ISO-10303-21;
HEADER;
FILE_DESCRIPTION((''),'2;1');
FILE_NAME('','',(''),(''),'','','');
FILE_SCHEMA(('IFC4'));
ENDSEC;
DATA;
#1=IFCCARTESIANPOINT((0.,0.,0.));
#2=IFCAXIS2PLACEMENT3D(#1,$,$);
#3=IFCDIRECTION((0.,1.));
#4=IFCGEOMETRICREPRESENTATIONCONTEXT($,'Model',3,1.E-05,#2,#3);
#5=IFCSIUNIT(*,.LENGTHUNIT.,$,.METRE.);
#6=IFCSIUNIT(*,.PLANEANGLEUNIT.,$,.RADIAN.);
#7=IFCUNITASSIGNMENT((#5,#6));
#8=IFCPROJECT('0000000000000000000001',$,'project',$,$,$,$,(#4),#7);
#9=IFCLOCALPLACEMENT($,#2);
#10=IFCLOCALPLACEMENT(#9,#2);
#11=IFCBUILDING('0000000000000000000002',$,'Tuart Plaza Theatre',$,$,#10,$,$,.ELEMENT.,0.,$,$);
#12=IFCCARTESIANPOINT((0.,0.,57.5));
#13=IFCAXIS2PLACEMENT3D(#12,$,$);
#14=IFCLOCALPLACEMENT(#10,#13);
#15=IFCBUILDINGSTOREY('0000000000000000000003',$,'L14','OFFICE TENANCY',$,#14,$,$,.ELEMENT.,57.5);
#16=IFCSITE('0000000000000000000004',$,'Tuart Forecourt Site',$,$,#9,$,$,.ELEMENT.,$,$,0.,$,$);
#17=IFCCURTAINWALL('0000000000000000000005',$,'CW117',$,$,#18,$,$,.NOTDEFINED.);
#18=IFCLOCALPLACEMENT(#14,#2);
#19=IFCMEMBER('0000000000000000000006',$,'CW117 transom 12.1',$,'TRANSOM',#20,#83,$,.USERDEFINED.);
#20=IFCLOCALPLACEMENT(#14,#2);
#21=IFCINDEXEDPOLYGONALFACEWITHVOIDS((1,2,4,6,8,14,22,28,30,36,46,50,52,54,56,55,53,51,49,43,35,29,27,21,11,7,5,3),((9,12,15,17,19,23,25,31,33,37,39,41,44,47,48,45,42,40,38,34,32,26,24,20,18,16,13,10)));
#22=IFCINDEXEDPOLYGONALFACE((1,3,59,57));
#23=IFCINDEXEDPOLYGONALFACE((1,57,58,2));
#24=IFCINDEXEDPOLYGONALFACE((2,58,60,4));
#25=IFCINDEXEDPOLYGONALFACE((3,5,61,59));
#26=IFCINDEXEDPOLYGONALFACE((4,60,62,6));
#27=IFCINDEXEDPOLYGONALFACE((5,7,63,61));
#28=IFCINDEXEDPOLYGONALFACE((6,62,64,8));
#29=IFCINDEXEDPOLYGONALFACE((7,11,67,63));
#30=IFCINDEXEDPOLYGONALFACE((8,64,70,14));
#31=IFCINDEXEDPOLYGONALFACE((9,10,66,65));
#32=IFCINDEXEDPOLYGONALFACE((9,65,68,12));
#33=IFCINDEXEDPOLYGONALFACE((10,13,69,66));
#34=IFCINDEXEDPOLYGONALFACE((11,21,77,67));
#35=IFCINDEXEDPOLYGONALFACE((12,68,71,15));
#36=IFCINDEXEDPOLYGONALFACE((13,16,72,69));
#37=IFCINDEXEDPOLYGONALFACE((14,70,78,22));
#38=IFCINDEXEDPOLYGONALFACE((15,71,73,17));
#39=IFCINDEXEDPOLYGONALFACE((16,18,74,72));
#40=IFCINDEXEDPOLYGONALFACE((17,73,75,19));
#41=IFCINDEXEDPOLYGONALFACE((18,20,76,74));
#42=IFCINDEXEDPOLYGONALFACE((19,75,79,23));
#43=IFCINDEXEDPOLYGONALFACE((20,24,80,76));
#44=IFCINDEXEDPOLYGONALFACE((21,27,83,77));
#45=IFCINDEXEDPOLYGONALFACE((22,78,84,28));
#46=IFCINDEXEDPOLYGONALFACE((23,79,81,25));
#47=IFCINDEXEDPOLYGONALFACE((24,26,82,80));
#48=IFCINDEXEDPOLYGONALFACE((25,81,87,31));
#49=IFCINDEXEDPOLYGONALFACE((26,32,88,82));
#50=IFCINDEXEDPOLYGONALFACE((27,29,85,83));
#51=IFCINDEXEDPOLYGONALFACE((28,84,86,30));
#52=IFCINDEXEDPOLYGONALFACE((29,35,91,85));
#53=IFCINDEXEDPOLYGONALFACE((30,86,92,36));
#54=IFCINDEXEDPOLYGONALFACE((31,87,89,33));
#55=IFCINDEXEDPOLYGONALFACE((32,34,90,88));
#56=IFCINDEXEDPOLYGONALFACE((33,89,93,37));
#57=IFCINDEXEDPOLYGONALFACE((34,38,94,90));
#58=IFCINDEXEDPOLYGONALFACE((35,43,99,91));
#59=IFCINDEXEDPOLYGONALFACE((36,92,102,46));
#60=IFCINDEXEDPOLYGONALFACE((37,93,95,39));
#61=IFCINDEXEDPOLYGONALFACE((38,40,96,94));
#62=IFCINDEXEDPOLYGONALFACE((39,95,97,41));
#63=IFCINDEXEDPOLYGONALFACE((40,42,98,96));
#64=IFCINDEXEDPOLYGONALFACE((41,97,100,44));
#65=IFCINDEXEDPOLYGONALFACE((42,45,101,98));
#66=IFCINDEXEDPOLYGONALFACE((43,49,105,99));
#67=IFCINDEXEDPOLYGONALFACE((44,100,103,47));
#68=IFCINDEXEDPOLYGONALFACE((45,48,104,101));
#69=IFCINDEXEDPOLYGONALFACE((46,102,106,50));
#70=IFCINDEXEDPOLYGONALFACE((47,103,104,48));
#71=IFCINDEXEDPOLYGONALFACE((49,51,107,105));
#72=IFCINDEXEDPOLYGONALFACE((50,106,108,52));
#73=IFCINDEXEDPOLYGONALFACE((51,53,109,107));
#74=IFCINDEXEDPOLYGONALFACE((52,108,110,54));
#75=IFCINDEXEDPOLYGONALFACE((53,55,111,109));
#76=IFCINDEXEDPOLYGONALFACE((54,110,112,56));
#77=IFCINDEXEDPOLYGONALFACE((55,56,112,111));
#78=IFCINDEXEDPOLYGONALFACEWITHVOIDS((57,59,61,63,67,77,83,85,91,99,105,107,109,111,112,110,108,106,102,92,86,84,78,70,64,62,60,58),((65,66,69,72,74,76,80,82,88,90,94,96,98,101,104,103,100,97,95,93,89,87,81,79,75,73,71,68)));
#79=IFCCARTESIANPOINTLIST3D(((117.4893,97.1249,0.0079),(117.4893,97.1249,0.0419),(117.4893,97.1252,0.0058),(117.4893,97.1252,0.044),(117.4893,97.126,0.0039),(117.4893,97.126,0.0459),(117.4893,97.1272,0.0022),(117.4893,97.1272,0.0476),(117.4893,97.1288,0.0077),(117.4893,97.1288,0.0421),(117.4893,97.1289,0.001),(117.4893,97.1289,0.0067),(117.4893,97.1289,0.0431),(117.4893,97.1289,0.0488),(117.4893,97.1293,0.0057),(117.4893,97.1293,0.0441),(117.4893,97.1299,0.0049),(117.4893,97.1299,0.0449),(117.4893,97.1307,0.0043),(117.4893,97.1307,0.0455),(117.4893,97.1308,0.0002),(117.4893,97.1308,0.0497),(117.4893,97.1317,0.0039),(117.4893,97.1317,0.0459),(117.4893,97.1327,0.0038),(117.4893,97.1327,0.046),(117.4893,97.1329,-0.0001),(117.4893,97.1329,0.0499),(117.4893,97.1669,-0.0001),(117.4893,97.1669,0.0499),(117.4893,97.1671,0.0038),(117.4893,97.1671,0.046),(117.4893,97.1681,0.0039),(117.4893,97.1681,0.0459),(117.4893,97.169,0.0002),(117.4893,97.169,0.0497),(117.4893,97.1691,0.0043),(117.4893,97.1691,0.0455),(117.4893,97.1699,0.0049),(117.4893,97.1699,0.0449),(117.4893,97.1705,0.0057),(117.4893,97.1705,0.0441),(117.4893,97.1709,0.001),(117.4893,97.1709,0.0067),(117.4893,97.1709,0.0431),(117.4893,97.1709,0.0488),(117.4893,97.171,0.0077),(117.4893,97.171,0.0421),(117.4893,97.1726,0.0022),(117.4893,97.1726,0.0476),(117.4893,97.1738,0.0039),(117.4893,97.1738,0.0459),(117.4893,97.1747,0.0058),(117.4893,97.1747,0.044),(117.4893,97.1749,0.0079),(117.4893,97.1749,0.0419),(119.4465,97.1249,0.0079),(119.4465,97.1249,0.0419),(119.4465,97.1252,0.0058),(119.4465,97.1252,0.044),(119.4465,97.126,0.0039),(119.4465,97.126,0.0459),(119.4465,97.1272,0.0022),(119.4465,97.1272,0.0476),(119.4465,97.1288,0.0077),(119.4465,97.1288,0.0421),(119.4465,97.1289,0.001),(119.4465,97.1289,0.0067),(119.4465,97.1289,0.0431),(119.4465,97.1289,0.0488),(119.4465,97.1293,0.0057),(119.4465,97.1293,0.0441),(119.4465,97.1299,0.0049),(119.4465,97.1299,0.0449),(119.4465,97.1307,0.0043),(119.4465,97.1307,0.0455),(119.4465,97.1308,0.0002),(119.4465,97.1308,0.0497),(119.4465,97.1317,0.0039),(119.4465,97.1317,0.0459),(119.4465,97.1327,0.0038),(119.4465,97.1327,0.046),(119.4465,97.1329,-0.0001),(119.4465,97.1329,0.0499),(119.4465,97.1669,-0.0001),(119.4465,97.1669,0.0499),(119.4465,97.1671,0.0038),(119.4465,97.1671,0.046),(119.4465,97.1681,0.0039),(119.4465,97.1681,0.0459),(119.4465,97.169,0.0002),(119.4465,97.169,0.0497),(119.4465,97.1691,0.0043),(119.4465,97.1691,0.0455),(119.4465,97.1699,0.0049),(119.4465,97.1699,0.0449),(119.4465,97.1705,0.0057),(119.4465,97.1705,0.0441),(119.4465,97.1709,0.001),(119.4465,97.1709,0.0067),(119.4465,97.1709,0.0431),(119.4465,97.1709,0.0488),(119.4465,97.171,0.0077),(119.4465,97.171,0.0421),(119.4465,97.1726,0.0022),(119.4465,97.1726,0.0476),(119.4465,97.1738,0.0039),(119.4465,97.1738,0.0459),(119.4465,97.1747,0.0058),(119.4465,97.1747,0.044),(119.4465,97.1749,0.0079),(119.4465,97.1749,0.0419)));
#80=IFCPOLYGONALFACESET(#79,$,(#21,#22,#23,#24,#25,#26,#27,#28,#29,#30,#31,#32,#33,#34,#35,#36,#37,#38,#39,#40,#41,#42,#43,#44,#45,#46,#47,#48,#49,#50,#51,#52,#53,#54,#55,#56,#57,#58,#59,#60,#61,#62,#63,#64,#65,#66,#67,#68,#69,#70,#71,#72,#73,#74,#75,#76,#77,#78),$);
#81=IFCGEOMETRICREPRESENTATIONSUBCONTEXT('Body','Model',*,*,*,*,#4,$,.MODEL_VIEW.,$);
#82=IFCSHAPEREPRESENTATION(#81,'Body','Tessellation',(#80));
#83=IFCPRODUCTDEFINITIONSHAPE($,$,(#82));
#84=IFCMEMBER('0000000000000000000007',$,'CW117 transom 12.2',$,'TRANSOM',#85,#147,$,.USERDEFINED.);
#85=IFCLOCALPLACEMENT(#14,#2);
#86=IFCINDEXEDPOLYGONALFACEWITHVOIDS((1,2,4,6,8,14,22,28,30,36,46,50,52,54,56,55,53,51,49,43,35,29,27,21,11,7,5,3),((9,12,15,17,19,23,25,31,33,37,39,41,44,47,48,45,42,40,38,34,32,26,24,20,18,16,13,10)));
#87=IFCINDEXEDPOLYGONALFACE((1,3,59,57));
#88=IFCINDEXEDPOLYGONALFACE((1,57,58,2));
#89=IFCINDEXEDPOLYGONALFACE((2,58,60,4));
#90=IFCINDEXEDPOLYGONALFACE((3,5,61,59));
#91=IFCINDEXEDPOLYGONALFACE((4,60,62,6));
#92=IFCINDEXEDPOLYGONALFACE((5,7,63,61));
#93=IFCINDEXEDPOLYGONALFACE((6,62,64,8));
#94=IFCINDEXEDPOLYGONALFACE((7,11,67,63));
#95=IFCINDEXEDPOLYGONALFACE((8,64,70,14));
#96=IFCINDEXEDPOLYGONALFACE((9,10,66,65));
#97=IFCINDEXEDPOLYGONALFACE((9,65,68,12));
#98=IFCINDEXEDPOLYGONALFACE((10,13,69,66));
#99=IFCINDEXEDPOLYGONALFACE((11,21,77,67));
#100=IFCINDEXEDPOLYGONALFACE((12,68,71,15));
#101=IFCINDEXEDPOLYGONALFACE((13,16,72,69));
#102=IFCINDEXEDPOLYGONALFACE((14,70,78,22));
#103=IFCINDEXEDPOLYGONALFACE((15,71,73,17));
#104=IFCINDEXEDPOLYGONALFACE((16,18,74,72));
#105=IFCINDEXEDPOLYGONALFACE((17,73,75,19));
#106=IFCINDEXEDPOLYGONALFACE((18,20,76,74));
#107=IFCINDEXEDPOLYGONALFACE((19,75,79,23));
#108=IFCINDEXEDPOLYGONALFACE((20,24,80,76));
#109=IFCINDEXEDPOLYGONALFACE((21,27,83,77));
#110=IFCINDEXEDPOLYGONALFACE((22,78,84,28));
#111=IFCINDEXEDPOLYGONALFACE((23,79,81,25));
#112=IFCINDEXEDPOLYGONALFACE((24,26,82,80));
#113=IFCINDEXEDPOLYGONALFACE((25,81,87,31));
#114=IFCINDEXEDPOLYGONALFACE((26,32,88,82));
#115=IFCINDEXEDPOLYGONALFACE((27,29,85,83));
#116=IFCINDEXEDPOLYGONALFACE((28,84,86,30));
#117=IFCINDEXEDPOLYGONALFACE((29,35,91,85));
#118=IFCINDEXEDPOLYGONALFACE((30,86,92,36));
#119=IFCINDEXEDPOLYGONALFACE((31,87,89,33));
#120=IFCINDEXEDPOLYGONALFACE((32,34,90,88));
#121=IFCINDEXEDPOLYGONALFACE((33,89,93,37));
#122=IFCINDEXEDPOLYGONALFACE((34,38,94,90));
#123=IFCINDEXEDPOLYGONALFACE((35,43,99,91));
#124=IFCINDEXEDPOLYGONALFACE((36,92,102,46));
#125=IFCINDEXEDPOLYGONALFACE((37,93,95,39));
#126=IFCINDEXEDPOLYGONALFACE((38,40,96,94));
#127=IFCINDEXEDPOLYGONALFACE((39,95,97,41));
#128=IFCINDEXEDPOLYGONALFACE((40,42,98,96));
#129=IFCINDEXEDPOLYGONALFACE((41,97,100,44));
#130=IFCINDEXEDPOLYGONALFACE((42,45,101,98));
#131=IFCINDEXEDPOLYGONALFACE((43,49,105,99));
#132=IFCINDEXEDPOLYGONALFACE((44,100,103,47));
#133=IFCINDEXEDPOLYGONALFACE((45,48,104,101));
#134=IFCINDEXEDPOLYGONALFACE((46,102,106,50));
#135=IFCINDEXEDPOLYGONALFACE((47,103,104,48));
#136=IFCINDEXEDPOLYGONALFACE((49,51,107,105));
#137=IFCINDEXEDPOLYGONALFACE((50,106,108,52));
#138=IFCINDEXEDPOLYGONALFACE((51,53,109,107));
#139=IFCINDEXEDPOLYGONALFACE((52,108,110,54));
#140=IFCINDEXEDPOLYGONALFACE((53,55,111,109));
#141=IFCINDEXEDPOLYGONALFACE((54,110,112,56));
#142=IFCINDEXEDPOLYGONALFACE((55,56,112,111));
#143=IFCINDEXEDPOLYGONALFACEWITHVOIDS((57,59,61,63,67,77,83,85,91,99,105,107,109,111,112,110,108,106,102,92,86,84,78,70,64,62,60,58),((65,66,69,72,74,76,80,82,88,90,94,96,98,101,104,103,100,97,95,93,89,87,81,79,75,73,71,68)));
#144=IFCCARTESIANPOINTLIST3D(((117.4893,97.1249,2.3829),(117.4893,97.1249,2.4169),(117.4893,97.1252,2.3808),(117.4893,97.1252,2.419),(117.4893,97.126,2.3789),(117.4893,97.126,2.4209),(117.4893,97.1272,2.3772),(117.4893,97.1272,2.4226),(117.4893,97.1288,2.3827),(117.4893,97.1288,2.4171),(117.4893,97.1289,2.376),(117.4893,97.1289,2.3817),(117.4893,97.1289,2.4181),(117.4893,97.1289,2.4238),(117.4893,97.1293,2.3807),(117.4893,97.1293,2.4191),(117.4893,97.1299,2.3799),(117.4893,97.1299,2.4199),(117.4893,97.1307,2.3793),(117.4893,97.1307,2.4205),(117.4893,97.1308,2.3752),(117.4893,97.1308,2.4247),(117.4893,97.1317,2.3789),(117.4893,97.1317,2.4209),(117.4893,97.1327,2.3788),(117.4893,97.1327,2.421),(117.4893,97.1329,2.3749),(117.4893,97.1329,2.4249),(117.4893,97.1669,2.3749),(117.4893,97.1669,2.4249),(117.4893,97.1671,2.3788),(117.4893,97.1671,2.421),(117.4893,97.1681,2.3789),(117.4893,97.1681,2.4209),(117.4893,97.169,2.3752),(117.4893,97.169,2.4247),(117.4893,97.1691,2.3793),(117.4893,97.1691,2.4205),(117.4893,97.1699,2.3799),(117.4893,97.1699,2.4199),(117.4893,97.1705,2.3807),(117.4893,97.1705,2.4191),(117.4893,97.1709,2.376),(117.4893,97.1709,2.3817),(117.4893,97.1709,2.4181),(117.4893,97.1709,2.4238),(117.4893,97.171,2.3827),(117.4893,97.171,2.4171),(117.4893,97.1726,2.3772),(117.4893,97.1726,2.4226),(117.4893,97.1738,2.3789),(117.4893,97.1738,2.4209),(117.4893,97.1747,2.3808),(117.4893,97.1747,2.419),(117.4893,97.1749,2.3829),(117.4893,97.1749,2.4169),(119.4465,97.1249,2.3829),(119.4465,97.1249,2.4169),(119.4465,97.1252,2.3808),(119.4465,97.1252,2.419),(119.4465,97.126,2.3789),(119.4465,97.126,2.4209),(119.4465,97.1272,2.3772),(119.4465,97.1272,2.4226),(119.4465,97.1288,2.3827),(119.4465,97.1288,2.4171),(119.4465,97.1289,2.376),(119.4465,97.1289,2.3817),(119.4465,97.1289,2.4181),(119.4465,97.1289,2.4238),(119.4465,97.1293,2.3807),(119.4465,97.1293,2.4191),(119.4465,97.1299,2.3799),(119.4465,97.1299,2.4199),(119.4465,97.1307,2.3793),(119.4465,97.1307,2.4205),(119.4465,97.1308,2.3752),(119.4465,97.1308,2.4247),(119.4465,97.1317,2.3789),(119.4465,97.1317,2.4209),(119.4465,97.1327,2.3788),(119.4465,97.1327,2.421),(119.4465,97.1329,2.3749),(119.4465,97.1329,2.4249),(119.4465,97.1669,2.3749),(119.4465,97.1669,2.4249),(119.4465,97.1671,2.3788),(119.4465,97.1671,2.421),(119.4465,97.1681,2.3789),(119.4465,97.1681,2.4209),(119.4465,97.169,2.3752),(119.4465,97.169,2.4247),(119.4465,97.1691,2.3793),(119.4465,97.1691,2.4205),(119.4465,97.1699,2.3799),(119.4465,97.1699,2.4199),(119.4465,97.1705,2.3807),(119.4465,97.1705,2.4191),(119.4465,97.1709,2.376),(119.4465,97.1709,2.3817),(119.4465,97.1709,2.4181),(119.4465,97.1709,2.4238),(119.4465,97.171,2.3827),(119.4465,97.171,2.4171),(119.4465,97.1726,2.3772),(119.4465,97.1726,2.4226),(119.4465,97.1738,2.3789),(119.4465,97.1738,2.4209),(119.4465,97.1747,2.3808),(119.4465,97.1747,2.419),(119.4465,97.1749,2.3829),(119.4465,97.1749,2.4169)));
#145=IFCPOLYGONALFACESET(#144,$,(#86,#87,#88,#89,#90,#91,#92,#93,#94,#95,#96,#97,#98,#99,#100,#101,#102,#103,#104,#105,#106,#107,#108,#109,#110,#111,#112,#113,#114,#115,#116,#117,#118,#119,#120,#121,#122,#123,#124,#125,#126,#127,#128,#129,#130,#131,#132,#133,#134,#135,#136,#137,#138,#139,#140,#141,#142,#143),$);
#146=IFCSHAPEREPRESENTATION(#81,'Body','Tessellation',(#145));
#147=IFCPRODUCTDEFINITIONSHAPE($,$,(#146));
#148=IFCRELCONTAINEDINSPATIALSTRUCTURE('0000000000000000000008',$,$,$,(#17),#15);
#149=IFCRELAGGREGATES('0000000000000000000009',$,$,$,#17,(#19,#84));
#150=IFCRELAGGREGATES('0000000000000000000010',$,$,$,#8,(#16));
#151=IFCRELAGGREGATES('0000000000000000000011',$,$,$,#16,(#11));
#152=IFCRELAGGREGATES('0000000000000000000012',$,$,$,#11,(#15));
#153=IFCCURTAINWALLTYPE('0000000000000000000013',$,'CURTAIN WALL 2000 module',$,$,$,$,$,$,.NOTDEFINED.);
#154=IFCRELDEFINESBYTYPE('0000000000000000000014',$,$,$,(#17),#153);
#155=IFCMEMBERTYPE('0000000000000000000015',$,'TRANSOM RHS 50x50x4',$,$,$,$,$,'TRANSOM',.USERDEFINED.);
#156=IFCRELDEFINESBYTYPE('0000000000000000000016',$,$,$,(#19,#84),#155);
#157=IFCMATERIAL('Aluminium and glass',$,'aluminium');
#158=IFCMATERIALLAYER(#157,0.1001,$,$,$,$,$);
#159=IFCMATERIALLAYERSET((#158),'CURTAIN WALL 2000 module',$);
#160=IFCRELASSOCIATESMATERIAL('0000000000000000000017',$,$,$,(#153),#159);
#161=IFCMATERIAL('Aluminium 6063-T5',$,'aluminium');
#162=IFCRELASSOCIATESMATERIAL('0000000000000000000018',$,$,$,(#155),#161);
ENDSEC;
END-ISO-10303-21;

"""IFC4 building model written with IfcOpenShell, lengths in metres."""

from ifc_helpers import new_model, si_unit, direction, frame, origin, origin_2d, place, context, subcontext, project, spatial, hollow_rectangle, extrude, material, layer, layer_set, material_profile, profile_set, type_object, element, aggregate, save


model = new_model("IFC4")

# Units and contexts
model_context = context("Model", 3, precision=1e-05, world=origin(), true_north=direction((0.0, 1.0)))
body_context = subcontext(model_context, "Body", "Model", "MODEL_VIEW")
ifc_project = project(units=[si_unit("LENGTHUNIT", "METRE"), si_unit("PLANEANGLEUNIT", "RADIAN")], contexts=[model_context])

# Site, building, storey
site_placement = place(None, origin())
site = spatial("IfcSite", under=ifc_project, at=site_placement, Name="Tuart Forecourt Site", CompositionType="ELEMENT", RefElevation=0.0)
building_placement = place(site_placement, origin())
building = spatial("IfcBuilding", under=site, at=building_placement, Name="Tuart Plaza Theatre", CompositionType="ELEMENT", ElevationOfRefHeight=0.0)
storey_placement = place(building_placement, frame((0.0, 0.0, 57.5)))
storey = spatial("IfcBuildingStorey", under=building, at=storey_placement, Name="L14", Description="OFFICE TENANCY", CompositionType="ELEMENT", Elevation=57.5)

# Curtain wall, members
ifc_material_1 = material(Name="Aluminium and glass", Category="aluminium")
ifc_layer_1 = layer(ifc_material_1, 0.1001)
ifc_layer_set_1 = layer_set([ifc_layer_1], Name="CURTAIN WALL 2000 module")
curtain_wall_type = type_object("IfcCurtainWallType", Name="CURTAIN WALL 2000 module", PredefinedType="NOTDEFINED", material=ifc_layer_set_1)
curtain_wall_placement = place(storey_placement, origin())
curtain_wall = element("IfcCurtainWall", 1, at=curtain_wall_placement, inside=storey, type_object=curtain_wall_type, Name="CW117", PredefinedType="NOTDEFINED")
ifc_material_2 = material(Name="Aluminium 6063-T5", Category="aluminium")
ifc_material_profile_1 = material_profile(ifc_material_2, hollow_rectangle(XDim=0.05, YDim=0.05, WallThickness=0.0039, InnerFilletRadius=0.0039, OuterFilletRadius=0.0081, at=origin_2d()), Name="RHS 50x50x4")
ifc_profile_set_1 = profile_set([ifc_material_profile_1], Name="Aluminium 6063-T5")
member_type_1 = type_object("IfcMemberType", Name="TRANSOM RHS 50x50x4", ElementType="TRANSOM", PredefinedType="USERDEFINED", material=ifc_profile_set_1)
member_1_placement = place(storey_placement, frame((119.4465, 97.1499, 0.0249), z_axis=(-1.0, 0.0, 0.0), x_axis=(0.0, -1.0, 0.0)))
member_1 = element("IfcMember", 2, at=member_1_placement, type_object=member_type_1, Name="CW117 transom 12.1", ObjectType="TRANSOM", PredefinedType="USERDEFINED", context=body_context, shape_type="SweptSolid", body=[
    extrude(hollow_rectangle(XDim=0.05, YDim=0.05, WallThickness=0.0039, InnerFilletRadius=0.0039, OuterFilletRadius=0.0081, at=origin_2d()), origin(), (0.0, 0.0, 1.0), 1.9573),
])
member_2_placement = place(storey_placement, frame((119.4465, 97.1499, 2.3999), z_axis=(-1.0, 0.0, 0.0), x_axis=(0.0, -1.0, 0.0)))
member_2 = element("IfcMember", 3, at=member_2_placement, type_object=member_type_1, Name="CW117 transom 12.2", ObjectType="TRANSOM", PredefinedType="USERDEFINED", context=body_context, shape_type="SweptSolid", body=[
    extrude(hollow_rectangle(XDim=0.05, YDim=0.05, WallThickness=0.0039, InnerFilletRadius=0.0039, OuterFilletRadius=0.0081, at=origin_2d()), origin(), (0.0, 0.0, 1.0), 1.9573),
])
aggregate(curtain_wall, [member_1, member_2])

save(model, "model.ifc")
